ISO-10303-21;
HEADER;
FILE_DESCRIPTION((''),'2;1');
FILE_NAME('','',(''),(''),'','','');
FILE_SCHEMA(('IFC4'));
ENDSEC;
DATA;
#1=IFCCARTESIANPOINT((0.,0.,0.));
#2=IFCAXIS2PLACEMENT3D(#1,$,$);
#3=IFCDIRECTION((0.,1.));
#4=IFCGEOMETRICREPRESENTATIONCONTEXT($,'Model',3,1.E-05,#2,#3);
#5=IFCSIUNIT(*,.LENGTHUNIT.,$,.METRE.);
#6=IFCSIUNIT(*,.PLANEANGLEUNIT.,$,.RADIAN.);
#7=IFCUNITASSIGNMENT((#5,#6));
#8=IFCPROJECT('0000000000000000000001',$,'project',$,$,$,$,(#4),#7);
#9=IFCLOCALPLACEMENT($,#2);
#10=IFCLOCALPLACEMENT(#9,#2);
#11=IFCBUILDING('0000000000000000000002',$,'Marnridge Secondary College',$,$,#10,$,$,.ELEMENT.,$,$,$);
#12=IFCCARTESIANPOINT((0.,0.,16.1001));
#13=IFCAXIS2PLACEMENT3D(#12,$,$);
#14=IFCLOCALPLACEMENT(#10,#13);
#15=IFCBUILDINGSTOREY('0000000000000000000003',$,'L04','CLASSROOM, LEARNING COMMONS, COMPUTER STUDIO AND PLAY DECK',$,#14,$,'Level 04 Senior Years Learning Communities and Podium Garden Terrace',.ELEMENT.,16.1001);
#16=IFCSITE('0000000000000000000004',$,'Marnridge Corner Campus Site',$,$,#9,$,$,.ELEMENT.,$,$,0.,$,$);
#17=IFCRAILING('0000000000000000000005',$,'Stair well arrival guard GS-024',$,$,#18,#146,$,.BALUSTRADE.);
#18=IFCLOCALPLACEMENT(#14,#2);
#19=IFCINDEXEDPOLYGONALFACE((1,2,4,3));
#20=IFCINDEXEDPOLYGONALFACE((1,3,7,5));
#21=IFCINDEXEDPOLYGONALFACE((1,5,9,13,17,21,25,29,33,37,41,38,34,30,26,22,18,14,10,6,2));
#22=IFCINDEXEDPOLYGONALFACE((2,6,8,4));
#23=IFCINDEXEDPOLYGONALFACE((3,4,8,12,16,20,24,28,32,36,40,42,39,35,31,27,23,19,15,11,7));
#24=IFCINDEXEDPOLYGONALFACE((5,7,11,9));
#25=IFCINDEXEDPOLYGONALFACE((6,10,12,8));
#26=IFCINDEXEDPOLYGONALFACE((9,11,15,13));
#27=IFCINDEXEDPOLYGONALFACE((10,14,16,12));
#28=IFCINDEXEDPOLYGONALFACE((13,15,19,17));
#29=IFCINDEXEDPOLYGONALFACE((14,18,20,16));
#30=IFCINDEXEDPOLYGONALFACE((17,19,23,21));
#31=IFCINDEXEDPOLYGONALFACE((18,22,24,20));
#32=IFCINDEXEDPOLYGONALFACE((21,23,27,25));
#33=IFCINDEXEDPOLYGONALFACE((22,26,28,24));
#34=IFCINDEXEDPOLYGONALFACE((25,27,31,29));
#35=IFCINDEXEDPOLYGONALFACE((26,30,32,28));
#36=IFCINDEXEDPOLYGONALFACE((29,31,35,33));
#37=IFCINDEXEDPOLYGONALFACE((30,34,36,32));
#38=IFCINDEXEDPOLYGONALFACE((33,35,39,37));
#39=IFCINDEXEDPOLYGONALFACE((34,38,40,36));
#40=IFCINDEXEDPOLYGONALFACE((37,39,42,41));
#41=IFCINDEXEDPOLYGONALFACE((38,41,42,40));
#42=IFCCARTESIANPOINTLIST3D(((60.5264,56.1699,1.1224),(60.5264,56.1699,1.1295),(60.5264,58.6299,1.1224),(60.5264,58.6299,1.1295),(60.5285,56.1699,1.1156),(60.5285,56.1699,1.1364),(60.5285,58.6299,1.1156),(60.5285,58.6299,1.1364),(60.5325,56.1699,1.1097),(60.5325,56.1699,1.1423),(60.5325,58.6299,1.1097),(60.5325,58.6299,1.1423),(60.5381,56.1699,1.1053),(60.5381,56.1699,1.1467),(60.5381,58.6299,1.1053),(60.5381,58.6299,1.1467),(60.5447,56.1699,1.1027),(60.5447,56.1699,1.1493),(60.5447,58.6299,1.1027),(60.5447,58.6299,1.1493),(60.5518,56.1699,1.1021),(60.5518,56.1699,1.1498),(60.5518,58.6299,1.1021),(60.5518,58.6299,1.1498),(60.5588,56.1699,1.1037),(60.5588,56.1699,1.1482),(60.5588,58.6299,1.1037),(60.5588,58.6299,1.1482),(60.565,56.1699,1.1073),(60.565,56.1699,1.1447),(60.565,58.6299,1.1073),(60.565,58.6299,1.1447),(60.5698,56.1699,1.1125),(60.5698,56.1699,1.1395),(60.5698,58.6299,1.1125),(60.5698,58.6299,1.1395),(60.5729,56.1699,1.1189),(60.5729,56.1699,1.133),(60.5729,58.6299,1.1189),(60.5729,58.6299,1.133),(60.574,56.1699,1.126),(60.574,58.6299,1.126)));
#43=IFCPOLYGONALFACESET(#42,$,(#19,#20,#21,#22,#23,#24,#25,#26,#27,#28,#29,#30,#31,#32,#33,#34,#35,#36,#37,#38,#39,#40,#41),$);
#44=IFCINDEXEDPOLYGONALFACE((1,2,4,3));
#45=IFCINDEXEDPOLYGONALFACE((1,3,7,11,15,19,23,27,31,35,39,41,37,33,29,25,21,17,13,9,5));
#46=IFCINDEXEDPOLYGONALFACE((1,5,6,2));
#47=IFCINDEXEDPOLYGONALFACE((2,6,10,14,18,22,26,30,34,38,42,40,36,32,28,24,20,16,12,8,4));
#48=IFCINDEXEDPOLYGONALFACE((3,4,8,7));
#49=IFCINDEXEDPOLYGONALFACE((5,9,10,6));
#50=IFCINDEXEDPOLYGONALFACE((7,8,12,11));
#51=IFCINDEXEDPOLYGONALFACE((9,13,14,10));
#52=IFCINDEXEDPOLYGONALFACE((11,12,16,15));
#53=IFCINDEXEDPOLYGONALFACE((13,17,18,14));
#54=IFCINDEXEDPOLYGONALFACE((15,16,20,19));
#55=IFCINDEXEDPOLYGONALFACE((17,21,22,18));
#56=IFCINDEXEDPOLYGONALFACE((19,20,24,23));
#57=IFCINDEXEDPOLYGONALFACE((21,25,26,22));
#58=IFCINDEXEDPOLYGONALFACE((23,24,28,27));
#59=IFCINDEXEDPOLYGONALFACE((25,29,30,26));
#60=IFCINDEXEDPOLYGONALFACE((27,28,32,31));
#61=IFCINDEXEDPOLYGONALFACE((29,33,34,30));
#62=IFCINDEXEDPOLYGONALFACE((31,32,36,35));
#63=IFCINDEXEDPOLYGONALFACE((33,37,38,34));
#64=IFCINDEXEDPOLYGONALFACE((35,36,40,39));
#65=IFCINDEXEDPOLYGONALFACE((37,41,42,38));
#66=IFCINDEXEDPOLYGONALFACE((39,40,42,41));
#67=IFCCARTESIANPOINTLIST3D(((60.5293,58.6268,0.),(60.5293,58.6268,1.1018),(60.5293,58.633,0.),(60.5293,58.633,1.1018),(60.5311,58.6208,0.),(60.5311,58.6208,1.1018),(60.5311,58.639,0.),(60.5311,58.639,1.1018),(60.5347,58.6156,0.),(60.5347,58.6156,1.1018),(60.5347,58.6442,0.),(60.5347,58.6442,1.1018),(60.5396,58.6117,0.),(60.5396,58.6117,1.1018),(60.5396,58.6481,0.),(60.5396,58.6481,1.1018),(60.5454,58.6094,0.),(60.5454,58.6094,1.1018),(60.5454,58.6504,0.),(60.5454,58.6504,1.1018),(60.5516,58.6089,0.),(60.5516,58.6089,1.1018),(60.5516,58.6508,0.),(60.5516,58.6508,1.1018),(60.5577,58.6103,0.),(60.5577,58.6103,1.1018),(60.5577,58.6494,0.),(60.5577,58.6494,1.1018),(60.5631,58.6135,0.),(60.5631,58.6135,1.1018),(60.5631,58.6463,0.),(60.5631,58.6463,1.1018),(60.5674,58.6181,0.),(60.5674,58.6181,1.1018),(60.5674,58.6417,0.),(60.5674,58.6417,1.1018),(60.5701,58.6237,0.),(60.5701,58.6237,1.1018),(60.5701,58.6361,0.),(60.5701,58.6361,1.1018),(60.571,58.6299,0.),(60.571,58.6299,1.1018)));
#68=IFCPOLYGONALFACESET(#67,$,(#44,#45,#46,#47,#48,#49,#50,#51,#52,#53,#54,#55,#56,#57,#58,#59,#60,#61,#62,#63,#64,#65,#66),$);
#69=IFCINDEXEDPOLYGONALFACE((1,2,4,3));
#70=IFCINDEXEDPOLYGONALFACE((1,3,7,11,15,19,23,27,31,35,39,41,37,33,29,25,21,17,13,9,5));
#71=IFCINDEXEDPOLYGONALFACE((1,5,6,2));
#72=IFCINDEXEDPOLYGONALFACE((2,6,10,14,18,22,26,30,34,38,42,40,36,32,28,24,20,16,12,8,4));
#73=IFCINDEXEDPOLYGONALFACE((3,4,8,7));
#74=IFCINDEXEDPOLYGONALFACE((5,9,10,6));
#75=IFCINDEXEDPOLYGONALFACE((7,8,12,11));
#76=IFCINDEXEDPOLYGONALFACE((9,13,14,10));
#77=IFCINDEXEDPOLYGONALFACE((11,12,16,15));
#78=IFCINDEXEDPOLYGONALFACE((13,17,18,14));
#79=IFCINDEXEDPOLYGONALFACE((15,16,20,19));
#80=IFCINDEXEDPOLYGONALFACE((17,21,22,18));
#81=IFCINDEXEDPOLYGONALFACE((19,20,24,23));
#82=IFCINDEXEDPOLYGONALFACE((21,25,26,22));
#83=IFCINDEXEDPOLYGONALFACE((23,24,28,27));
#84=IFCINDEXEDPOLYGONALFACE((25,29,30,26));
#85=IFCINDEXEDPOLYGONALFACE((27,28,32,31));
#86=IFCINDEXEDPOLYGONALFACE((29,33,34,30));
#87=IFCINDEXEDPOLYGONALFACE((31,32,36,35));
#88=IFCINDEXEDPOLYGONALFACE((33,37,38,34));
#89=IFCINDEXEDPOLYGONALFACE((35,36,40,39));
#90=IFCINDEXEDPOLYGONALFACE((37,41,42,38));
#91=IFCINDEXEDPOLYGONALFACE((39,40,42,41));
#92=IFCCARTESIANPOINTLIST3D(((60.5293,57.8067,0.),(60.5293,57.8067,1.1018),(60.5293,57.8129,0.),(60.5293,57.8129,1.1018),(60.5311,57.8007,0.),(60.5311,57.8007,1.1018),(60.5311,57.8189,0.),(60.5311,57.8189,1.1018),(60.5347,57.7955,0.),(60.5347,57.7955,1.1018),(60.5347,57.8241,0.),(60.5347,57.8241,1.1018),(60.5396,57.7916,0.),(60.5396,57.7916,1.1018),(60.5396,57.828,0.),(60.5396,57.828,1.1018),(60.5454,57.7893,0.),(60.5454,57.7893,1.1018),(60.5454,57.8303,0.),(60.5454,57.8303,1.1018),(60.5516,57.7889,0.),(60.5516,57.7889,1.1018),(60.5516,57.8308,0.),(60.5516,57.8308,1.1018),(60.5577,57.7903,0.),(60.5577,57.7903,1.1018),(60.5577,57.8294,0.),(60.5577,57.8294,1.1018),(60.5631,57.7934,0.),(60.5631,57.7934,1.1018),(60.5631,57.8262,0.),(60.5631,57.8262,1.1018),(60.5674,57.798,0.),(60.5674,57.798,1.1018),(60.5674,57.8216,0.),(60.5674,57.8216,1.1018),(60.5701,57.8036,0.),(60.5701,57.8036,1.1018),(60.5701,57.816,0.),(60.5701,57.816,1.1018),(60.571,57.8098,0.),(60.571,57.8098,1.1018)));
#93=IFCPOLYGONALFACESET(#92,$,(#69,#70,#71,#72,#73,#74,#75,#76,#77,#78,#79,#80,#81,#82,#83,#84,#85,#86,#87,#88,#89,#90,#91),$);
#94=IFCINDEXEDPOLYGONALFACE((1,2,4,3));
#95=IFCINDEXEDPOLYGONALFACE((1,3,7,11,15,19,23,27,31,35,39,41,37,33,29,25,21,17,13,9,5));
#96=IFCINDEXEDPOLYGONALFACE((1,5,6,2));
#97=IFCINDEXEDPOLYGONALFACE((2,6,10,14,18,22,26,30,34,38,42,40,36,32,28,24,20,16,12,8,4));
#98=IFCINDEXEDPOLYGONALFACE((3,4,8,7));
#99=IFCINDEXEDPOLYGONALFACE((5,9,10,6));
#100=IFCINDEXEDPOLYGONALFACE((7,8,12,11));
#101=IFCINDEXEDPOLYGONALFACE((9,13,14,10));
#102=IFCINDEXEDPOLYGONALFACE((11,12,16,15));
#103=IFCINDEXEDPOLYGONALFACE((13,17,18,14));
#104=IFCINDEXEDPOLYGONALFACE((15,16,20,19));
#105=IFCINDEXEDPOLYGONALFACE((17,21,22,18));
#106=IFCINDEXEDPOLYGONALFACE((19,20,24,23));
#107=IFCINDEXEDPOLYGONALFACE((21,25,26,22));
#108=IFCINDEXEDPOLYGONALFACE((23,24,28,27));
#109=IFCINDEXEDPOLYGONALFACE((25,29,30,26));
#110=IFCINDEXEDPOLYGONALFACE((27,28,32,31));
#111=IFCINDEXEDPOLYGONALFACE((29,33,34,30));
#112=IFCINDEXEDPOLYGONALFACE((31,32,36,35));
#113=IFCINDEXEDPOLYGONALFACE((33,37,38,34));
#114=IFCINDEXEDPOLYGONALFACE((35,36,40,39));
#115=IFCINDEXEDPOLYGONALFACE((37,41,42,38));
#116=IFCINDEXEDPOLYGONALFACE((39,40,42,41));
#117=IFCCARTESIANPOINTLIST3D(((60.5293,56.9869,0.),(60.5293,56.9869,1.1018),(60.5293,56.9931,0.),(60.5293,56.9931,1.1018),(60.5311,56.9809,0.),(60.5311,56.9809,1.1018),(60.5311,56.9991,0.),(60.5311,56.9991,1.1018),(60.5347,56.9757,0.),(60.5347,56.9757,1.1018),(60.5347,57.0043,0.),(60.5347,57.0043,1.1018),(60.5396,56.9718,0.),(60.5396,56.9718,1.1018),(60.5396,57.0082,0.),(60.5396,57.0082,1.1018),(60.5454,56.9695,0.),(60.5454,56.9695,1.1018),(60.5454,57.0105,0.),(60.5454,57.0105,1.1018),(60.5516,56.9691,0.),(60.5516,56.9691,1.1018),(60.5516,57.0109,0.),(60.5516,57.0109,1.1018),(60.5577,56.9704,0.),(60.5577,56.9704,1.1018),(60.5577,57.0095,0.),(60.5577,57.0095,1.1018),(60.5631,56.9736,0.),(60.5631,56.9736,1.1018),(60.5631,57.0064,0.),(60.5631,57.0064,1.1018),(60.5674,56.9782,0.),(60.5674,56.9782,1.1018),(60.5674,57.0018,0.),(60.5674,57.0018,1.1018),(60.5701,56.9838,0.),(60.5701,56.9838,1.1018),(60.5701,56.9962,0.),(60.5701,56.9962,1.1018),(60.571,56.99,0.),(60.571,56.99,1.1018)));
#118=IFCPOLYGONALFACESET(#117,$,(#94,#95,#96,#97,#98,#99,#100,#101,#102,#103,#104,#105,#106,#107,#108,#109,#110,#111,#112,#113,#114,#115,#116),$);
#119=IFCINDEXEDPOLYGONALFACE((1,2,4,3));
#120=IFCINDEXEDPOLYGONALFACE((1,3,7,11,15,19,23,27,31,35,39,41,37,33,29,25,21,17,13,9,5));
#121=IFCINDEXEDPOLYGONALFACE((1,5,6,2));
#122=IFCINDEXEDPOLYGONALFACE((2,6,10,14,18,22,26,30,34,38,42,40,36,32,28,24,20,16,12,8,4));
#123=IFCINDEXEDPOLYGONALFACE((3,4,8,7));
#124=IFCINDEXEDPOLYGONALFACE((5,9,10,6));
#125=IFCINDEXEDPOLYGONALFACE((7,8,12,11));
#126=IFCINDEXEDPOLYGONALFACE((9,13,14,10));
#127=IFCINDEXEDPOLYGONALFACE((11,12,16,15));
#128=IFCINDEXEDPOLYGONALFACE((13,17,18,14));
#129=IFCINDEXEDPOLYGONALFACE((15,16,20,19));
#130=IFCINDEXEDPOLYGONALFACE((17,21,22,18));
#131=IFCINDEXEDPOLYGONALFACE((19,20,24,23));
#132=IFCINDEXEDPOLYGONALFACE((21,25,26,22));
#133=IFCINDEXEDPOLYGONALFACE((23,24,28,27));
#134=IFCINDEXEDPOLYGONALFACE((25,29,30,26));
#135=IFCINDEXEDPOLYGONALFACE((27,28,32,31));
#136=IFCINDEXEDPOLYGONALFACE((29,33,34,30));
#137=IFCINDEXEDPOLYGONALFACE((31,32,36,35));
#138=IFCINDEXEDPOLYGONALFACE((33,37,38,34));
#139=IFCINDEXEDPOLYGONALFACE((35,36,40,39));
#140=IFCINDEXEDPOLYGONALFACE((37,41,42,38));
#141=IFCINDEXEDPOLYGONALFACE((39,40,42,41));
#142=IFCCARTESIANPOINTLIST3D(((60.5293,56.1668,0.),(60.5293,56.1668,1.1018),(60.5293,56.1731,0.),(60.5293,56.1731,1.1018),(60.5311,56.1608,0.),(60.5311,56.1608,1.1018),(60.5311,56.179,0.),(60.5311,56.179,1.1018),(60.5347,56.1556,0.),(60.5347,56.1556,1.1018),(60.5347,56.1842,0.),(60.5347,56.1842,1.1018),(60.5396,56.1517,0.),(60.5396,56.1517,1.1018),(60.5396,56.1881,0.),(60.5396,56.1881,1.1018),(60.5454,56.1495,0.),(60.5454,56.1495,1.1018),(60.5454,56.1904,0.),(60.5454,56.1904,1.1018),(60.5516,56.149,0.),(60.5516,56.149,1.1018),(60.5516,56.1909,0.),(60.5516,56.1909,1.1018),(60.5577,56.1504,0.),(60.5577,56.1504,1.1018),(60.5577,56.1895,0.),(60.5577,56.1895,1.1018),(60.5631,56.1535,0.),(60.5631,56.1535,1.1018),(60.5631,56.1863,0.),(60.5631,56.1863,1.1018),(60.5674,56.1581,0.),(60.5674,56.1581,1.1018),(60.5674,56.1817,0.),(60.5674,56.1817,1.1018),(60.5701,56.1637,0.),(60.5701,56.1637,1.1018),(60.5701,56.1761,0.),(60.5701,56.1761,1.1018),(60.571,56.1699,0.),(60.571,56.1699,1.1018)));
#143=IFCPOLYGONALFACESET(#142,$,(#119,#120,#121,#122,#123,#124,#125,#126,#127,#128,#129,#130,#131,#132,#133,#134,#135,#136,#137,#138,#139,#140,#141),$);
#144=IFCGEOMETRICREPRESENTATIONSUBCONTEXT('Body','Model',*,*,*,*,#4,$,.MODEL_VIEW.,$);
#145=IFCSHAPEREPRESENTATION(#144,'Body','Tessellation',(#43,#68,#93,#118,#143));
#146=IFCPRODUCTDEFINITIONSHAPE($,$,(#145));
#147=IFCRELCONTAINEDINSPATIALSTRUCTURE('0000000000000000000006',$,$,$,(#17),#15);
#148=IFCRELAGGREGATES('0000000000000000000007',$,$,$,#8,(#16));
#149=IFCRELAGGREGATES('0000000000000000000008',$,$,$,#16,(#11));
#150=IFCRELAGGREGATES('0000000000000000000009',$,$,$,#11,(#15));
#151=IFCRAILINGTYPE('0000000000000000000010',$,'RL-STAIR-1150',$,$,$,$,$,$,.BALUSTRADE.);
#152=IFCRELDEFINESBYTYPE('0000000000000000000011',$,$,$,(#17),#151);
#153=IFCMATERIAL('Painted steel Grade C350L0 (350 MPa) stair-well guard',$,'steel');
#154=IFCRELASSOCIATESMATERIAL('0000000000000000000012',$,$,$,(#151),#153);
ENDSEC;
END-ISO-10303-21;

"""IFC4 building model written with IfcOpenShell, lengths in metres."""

from ifc_helpers import new_model, si_unit, direction, frame, origin, origin_2d, place, context, subcontext, project, spatial, circle, extrude, material, type_object, element, save


model = new_model("IFC4")

# Units and contexts
model_context = context("Model", 3, precision=1e-05, world=origin(), true_north=direction((0.0, 1.0)))
body_context = subcontext(model_context, "Body", "Model", "MODEL_VIEW")
ifc_project = project(units=[si_unit("LENGTHUNIT", "METRE"), si_unit("PLANEANGLEUNIT", "RADIAN")], contexts=[model_context])

# Site, building, storey
site_placement = place(None, origin())
site = spatial("IfcSite", under=ifc_project, at=site_placement, Name="Marnridge Corner Campus Site", CompositionType="ELEMENT", RefElevation=0.0)
building_placement = place(site_placement, origin())
building = spatial("IfcBuilding", under=site, at=building_placement, Name="Marnridge Secondary College", CompositionType="ELEMENT")
storey_placement = place(building_placement, frame((0.0, 0.0, 16.1001)))
storey = spatial("IfcBuildingStorey", under=building, at=storey_placement, Name="L04", Description="CLASSROOM, LEARNING COMMONS, COMPUTER STUDIO AND PLAY DECK", LongName="Level 04 Senior Years Learning Communities and Podium Garden Terrace", CompositionType="ELEMENT", Elevation=16.1001)

# Railing
ifc_material_1 = material(Name="Painted steel Grade C350L0 (350 MPa) stair-well guard", Category="steel")
railing_type_1 = type_object("IfcRailingType", Name="RL-STAIR-1150", PredefinedType="BALUSTRADE", material=ifc_material_1)
railing_1_placement = place(storey_placement, frame((60.55, 58.6299, 0.0)))
element("IfcRailing", 1, at=railing_1_placement, inside=storey, type_object=railing_type_1, Name="Stair well arrival guard GS-024", PredefinedType="BALUSTRADE", context=body_context, shape_type="SweptSolid", body=[
    extrude(circle(Radius=0.0239, at=origin_2d()), frame((0.0, 0.0, 1.126), z_axis=(0.0, -1.0, 0.0), x_axis=(1.0, 0.0, 0.0)), (0.0, 0.0, 1.0), 2.46),
    extrude(circle(Radius=0.021, at=origin_2d()), origin(), (0.0, 0.0, 1.0), 1.1018),
    extrude(circle(Radius=0.021, at=origin_2d()), frame((0.0, -0.8201, 0.0)), (0.0, 0.0, 1.0), 1.1018),
    extrude(circle(Radius=0.021, at=origin_2d()), frame((0.0, -1.6399, 0.0)), (0.0, 0.0, 1.0), 1.1018),
    extrude(circle(Radius=0.021, at=origin_2d()), frame((0.0, -2.46, 0.0)), (0.0, 0.0, 1.0), 1.1018),
])

save(model, "model.ifc")
